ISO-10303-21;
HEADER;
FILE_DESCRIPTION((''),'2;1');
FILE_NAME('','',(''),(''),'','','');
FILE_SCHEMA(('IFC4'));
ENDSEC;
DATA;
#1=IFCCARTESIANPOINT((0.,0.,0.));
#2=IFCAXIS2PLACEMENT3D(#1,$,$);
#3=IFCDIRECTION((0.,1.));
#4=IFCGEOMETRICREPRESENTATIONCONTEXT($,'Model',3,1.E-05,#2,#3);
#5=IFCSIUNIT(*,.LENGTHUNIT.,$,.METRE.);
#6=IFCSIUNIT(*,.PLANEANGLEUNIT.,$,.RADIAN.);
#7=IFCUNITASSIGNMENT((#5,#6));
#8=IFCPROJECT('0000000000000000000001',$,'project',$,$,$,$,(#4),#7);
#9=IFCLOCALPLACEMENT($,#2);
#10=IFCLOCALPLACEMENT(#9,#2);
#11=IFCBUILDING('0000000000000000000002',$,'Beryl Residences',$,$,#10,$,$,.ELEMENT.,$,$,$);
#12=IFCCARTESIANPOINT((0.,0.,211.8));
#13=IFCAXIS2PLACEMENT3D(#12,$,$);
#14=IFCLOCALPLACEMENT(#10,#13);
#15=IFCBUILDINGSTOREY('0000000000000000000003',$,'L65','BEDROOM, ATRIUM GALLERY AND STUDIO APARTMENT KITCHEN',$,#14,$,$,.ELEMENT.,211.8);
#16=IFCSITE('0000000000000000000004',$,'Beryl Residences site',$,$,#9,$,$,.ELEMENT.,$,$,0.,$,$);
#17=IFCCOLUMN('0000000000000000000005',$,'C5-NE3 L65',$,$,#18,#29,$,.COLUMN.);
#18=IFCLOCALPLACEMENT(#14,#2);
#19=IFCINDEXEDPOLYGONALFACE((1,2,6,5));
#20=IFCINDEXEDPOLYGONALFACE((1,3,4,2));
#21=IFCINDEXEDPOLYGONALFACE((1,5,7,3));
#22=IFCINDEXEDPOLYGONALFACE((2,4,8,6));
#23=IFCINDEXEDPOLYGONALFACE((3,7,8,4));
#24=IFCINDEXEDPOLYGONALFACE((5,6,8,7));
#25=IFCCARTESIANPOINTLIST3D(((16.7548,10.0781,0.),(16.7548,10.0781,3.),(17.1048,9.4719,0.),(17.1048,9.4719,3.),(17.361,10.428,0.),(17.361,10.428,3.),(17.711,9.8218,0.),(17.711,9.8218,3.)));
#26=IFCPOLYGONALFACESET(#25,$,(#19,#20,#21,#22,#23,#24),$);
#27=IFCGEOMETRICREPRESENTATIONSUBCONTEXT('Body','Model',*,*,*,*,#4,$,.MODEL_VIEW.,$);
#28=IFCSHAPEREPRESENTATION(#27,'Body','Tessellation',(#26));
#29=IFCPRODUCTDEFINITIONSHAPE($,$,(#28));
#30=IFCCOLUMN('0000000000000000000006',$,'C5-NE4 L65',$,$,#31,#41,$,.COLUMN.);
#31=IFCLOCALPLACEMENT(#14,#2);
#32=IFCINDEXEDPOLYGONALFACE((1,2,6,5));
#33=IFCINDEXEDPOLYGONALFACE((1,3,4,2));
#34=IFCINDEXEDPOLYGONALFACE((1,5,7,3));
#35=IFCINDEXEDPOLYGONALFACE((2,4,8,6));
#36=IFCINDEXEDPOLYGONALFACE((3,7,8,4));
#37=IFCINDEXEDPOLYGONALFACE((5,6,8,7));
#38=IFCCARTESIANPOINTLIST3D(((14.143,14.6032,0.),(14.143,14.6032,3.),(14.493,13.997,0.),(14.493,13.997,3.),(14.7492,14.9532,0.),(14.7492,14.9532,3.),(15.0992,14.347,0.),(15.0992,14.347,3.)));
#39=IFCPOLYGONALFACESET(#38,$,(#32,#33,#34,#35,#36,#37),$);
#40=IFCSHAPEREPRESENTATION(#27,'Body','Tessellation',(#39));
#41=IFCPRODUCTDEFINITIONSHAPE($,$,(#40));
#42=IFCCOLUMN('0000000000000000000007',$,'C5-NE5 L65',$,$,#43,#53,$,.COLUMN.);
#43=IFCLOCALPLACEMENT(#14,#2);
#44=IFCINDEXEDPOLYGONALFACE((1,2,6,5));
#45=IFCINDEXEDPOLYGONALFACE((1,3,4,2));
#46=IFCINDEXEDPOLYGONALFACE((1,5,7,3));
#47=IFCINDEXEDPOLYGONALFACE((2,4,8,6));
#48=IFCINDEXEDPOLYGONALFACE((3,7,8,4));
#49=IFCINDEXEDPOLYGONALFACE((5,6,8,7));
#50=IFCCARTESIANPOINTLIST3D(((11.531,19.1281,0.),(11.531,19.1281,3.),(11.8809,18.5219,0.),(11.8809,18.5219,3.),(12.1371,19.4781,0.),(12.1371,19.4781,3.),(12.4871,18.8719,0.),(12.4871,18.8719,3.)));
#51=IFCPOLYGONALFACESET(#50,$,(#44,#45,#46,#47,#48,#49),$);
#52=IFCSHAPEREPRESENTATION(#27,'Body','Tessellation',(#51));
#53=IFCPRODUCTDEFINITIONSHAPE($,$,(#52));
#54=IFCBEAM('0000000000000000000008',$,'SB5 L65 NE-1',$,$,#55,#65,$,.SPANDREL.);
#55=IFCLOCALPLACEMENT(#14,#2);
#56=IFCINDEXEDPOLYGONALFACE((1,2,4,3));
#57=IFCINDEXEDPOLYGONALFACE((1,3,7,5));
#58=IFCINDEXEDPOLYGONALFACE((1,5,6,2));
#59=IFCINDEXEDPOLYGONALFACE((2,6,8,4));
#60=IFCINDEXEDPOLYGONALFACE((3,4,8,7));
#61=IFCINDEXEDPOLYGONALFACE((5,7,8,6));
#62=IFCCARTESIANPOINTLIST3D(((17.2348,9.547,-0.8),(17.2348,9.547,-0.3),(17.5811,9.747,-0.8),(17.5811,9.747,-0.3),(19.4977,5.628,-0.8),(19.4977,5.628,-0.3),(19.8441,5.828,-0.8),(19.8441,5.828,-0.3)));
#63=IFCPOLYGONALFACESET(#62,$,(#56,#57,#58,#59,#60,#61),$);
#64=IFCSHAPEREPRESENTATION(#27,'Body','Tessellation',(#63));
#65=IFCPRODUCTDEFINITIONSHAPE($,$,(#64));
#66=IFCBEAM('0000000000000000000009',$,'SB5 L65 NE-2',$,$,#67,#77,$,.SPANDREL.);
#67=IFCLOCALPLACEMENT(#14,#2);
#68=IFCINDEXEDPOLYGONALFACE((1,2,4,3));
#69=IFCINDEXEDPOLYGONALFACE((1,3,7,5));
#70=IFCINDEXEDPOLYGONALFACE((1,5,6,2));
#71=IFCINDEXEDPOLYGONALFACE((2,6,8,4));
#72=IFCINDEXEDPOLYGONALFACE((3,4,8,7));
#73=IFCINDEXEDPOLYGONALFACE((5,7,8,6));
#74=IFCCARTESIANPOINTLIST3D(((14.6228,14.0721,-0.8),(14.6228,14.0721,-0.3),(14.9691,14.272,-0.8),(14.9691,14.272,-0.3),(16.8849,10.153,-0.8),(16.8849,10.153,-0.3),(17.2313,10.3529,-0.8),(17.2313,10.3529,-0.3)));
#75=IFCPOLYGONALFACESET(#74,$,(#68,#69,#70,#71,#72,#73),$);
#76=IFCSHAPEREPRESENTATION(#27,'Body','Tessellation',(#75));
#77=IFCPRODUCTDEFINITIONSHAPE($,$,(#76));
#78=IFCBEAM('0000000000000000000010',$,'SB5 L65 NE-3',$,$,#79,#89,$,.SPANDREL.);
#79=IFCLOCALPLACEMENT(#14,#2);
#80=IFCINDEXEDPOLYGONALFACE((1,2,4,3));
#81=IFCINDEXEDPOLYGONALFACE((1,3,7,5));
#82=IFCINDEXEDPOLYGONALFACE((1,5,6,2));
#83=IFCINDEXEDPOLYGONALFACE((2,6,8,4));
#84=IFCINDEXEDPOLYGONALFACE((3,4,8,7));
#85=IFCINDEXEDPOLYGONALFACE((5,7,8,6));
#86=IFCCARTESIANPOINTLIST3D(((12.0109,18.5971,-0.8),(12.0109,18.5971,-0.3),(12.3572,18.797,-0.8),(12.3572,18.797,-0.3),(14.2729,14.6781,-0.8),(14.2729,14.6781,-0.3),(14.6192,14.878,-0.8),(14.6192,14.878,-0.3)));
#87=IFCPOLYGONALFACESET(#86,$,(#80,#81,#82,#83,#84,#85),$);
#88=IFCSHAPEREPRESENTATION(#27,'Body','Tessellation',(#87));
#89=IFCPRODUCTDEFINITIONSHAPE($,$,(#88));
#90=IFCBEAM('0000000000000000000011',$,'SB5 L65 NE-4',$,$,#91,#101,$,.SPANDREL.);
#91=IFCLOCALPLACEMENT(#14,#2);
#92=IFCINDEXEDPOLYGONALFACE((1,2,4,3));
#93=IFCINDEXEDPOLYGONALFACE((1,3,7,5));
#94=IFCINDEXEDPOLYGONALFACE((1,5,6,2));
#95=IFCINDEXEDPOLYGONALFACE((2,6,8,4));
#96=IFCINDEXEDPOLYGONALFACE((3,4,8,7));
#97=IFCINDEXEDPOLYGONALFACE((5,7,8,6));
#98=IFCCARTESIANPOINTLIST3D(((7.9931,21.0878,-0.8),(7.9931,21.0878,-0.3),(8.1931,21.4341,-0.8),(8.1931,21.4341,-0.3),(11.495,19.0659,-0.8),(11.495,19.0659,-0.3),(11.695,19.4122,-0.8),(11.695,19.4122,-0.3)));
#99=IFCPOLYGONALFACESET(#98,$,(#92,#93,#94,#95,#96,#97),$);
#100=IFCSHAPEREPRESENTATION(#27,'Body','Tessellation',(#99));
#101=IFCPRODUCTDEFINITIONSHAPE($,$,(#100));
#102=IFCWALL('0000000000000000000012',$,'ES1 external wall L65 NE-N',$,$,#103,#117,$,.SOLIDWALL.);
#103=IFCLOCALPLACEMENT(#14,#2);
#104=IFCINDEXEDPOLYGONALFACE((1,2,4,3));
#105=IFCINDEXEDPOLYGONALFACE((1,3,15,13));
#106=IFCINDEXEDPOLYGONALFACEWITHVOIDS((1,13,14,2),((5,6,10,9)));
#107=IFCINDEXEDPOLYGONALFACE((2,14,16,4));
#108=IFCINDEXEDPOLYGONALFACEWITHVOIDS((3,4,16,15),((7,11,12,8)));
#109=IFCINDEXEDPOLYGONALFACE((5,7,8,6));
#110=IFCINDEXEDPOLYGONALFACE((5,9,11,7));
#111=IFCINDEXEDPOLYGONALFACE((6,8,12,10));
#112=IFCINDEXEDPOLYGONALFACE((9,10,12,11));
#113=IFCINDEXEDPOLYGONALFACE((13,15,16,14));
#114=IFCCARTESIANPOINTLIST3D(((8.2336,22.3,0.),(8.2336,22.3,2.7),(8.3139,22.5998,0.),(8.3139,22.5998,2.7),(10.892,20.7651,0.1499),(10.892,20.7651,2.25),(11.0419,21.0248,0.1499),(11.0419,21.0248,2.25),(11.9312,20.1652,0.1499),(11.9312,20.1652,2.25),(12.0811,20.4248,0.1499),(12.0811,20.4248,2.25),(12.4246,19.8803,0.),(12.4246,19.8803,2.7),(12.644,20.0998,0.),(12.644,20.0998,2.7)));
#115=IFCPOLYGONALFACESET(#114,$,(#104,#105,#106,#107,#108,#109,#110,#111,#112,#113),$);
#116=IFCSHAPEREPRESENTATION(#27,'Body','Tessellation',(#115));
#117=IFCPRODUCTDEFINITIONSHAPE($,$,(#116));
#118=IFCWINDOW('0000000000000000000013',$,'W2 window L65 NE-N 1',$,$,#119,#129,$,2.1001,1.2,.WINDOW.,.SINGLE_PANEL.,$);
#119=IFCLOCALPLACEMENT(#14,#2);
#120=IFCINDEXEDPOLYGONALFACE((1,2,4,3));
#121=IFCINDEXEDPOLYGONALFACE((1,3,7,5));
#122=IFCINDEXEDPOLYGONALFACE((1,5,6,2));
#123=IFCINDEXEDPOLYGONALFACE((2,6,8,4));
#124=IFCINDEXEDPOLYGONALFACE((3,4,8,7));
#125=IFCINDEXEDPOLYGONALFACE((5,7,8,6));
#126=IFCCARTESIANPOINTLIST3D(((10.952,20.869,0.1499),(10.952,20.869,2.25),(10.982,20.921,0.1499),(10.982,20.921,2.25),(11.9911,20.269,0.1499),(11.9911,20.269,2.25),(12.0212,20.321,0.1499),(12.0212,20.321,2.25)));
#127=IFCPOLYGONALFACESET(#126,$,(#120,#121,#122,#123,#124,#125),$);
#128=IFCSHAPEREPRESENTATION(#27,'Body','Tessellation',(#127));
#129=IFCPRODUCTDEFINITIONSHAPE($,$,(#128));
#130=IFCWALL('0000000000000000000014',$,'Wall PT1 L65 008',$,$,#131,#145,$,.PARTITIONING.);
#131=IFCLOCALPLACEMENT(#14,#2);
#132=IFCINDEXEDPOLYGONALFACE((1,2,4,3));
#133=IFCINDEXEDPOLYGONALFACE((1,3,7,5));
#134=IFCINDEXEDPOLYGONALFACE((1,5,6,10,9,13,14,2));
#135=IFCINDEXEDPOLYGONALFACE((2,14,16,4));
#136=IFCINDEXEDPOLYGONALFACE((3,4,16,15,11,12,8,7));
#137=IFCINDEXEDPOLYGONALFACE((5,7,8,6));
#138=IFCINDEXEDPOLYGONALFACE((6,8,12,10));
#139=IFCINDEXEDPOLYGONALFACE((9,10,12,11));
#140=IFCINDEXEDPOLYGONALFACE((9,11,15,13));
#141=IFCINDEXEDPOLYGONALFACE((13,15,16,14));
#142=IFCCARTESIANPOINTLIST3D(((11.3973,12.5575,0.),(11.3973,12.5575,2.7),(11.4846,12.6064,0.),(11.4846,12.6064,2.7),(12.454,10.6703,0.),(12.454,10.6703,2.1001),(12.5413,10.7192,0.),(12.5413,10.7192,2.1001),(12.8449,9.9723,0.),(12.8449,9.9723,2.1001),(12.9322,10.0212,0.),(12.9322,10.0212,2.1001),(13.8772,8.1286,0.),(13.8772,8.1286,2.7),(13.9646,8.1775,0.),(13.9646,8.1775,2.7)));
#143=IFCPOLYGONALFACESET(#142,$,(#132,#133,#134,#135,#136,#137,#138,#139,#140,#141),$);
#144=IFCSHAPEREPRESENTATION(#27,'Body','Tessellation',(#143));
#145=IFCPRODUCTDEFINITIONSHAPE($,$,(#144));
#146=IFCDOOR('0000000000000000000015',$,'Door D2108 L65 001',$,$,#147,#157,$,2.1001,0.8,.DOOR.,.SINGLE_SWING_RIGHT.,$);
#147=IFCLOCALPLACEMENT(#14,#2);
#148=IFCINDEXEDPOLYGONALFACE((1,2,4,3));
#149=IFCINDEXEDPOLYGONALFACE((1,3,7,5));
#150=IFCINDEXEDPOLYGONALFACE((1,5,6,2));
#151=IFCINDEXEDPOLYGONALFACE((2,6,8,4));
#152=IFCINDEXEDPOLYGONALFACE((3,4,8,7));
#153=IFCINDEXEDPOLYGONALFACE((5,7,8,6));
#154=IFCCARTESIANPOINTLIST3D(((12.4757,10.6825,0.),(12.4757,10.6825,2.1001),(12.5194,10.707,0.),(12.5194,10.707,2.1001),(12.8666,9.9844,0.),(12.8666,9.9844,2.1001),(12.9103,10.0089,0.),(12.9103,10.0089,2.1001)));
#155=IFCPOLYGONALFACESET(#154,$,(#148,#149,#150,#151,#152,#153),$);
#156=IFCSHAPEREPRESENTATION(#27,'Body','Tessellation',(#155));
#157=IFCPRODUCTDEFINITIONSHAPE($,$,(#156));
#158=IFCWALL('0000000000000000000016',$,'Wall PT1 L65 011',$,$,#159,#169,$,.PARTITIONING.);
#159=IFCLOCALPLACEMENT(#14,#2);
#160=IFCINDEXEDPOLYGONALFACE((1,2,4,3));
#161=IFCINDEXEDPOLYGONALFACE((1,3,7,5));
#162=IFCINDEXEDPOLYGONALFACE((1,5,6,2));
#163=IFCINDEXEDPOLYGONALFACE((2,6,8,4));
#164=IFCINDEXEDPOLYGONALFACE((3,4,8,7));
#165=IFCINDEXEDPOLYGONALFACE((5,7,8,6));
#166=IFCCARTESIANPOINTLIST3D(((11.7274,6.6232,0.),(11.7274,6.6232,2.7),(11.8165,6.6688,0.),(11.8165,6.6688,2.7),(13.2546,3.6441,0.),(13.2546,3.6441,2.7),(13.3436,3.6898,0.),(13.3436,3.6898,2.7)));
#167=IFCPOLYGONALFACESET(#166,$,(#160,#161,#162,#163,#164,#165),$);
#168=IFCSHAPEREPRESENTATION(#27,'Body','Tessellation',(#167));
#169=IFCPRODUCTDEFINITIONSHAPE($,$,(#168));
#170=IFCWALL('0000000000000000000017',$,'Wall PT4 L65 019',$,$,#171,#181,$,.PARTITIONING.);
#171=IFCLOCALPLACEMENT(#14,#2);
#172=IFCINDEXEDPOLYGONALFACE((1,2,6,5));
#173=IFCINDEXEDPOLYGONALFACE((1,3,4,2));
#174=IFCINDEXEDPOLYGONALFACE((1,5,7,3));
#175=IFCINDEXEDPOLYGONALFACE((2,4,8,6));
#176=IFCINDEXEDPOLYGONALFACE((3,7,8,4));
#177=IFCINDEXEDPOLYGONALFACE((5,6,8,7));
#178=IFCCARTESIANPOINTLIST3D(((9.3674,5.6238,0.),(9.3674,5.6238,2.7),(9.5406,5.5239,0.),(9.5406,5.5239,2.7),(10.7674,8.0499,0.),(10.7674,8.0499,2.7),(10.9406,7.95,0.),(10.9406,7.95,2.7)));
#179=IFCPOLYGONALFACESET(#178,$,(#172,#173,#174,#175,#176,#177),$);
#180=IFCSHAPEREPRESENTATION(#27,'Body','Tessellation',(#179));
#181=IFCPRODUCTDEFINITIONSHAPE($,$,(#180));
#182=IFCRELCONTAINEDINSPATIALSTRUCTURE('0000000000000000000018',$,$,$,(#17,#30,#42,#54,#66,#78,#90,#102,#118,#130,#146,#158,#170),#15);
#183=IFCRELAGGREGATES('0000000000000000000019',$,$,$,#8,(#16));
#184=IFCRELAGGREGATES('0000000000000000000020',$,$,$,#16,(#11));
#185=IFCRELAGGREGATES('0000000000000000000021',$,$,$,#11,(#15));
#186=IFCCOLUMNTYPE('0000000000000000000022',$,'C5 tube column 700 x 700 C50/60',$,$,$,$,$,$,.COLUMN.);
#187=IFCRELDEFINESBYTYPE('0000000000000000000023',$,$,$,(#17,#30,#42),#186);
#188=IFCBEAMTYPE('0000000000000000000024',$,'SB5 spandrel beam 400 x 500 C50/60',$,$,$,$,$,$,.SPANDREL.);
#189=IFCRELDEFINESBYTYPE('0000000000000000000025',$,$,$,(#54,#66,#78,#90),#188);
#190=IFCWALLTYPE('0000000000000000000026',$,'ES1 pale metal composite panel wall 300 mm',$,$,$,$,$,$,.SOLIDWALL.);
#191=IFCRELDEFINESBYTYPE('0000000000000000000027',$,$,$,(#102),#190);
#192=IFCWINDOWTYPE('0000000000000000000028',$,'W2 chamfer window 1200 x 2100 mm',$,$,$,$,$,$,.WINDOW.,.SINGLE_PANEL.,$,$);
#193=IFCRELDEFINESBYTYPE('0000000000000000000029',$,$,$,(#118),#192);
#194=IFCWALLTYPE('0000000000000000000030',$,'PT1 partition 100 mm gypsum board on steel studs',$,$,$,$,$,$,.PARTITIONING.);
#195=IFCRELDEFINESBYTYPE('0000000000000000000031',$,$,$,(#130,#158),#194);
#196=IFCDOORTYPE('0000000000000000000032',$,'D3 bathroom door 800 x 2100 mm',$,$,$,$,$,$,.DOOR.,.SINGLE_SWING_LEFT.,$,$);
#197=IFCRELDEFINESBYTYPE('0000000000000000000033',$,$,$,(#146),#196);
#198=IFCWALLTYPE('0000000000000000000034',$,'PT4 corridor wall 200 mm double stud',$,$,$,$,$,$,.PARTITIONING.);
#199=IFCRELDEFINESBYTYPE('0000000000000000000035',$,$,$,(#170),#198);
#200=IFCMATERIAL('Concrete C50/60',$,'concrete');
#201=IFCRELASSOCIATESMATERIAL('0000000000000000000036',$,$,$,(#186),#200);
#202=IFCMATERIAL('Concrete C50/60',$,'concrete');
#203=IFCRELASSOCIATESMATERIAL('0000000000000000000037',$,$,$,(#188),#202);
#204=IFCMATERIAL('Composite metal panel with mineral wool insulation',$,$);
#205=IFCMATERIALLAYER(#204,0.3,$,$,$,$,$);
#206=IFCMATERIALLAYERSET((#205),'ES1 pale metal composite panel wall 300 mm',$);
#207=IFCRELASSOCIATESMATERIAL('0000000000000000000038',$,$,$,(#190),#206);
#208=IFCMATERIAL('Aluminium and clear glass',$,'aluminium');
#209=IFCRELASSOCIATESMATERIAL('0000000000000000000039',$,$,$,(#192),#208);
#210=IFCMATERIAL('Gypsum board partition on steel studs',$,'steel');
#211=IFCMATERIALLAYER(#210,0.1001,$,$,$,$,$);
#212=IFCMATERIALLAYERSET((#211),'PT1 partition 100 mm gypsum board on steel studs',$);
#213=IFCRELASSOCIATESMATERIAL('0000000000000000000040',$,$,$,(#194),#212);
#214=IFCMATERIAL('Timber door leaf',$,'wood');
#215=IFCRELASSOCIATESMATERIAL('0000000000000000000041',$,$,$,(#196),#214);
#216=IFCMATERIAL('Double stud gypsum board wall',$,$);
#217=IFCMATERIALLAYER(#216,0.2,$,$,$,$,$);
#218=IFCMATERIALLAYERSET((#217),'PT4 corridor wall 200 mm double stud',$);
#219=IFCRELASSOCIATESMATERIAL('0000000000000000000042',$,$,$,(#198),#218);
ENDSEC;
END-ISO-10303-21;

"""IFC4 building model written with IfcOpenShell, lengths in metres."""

from ifc_helpers import new_model, si_unit, direction, frame, frame_2d, origin, origin_2d, place, context, subcontext, project, spatial, polyline, rectangle, outline, extrude, material, layer, layer_set, material_profile, profile_set, type_object, element, fill, save


model = new_model("IFC4")

# Units and contexts
model_context = context("Model", 3, precision=1e-05, world=origin(), true_north=direction((0.0, 1.0)))
body_context = subcontext(model_context, "Body", "Model", "MODEL_VIEW")
ifc_project = project(units=[si_unit("LENGTHUNIT", "METRE"), si_unit("PLANEANGLEUNIT", "RADIAN")], contexts=[model_context])

# Site, building, storey
site_placement = place(None, origin())
site = spatial("IfcSite", under=ifc_project, at=site_placement, Name="Beryl Residences site", CompositionType="ELEMENT", RefElevation=0.0)
building_placement = place(site_placement, origin())
building = spatial("IfcBuilding", under=site, at=building_placement, Name="Beryl Residences", CompositionType="ELEMENT")
storey_placement = place(building_placement, frame((0.0, 0.0, 211.8)))
storey = spatial("IfcBuildingStorey", under=building, at=storey_placement, Name="L65", Description="BEDROOM, ATRIUM GALLERY AND STUDIO APARTMENT KITCHEN", CompositionType="ELEMENT", Elevation=211.8)

# Columns
ifc_material_1 = material(Name="Concrete C50/60", Category="concrete")
ifc_material_profile_1 = material_profile(ifc_material_1, rectangle(XDim=0.7, YDim=0.7, at=origin_2d()))
ifc_profile_set_1 = profile_set([ifc_material_profile_1], Name="Concrete C50/60")
column_type = type_object("IfcColumnType", Name="C5 tube column 700 x 700 C50/60", PredefinedType="COLUMN", material=ifc_profile_set_1)
for number, where, z_axis, x_axis, name in (
    (1, (17.2329, 9.95, 0.0), (0.0, 0.0, 1.0), (-0.49997, 0.866043, 0.0), "C5-NE3 L65"),
    (2, (14.6211, 14.4751, 0.0), (0.0, 0.0, 1.0), (-0.49997, 0.866043, 0.0), "C5-NE4 L65"),
    (3, (12.009, 19.0, 0.0), (0.0, 0.0, 1.0), (-0.49997, 0.866043, 0.0), "C5-NE5 L65"),
):
    element("IfcColumn", number, at=place(storey_placement, frame(where, z_axis=z_axis, x_axis=x_axis)), inside=storey, type_object=column_type, Name=name, PredefinedType="COLUMN", context=body_context, shape_type="SweptSolid", body=[
        extrude(rectangle(XDim=0.7, YDim=0.7, at=origin_2d()), origin(), (0.0, 0.0, 1.0), 3.0),
    ])

# Beams
ifc_material_2 = material(Name="Concrete C50/60", Category="concrete")
ifc_material_profile_2 = material_profile(ifc_material_2, rectangle(XDim=0.3999, YDim=0.5, at=origin_2d()))
ifc_profile_set_2 = profile_set([ifc_material_profile_2], Name="Concrete C50/60")
beam_type = type_object("IfcBeamType", Name="SB5 spandrel beam 400 x 500 C50/60", PredefinedType="SPANDREL", material=ifc_profile_set_2)
beam_1_placement = place(storey_placement, frame((19.6709, 5.728, -0.55), z_axis=(-0.500056, 0.865993, 0.0), x_axis=(-0.865993, -0.500056, 0.0)))
element("IfcBeam", 4, at=beam_1_placement, inside=storey, type_object=beam_type, Name="SB5 L65 NE-1", PredefinedType="SPANDREL", context=body_context, shape_type="SweptSolid", body=[
    extrude(rectangle(XDim=0.3999, YDim=0.5, at=origin_2d()), origin(), (0.0, 0.0, 1.0), 4.5254),
])
beam_2_placement = place(storey_placement, frame((17.0581, 10.2529, -0.55), z_axis=(-0.499911, 0.866077, 0.0), x_axis=(-0.866077, -0.499911, 0.0)))
element("IfcBeam", 5, at=beam_2_placement, inside=storey, type_object=beam_type, Name="SB5 L65 NE-2", PredefinedType="SPANDREL", context=body_context, shape_type="SweptSolid", body=[
    extrude(rectangle(XDim=0.3999, YDim=0.5, at=origin_2d()), origin(), (0.0, 0.0, 1.0), 4.5251),
])
beam_3_placement = place(storey_placement, frame((14.446, 14.7781, -0.55), z_axis=(-0.499894, 0.866087, 0.0), x_axis=(-0.866087, -0.499894, 0.0)))
element("IfcBeam", 6, at=beam_3_placement, inside=storey, type_object=beam_type, Name="SB5 L65 NE-3", PredefinedType="SPANDREL", context=body_context, shape_type="SweptSolid", body=[
    extrude(rectangle(XDim=0.3999, YDim=0.5, at=origin_2d()), origin(), (0.0, 0.0, 1.0), 4.5249),
])
beam_4_placement = place(storey_placement, frame((11.595, 19.239, -0.55), z_axis=(-0.866013, 0.500022, 0.0), x_axis=(-0.500022, -0.866013, 0.0)))
element("IfcBeam", 7, at=beam_4_placement, inside=storey, type_object=beam_type, Name="SB5 L65 NE-4", PredefinedType="SPANDREL", context=body_context, shape_type="SweptSolid", body=[
    extrude(rectangle(XDim=0.3999, YDim=0.5, at=origin_2d()), origin(), (0.0, 0.0, 1.0), 4.0437),
])

# Wall, opening, window
ifc_material_3 = material(Name="Composite metal panel with mineral wool insulation")
ifc_layer_1 = layer(ifc_material_3, 0.3)
ifc_layer_set_1 = layer_set([ifc_layer_1], Name="ES1 pale metal composite panel wall 300 mm")
wall_type_1 = type_object("IfcWallType", Name="ES1 pale metal composite panel wall 300 mm", PredefinedType="SOLIDWALL", material=ifc_layer_set_1)
wall_1_placement = place(storey_placement, frame((12.5691, 19.97, 0.0), z_axis=(0.0, 0.0, 1.0), x_axis=(-0.866023, 0.500004, 0.0)))
wall_1 = element("IfcWall", 8, at=wall_1_placement, inside=storey, type_object=wall_type_1, Name="ES1 external wall L65 NE-N", PredefinedType="SOLIDWALL", context=body_context, shape_type="SweptSolid", body=[
    extrude(outline(polyline([(0.0, -0.1499), (5.0, -0.1499), (4.9197, 0.1499), (0.0803, 0.1499), (0.0, -0.1499)])), origin(), (0.0, 0.0, 1.0), 2.7),
])
opening_1_placement = place(wall_1_placement, frame((0.6499, 0.0, 0.1499)))
opening_1 = element("IfcOpeningElement", 9, at=opening_1_placement, cuts=wall_1, PredefinedType="OPENING", context=body_context, shape_type="SweptSolid", body=[
    extrude(rectangle(XDim=1.2, YDim=2.1001, at=frame_2d((0.6001, 1.05))), frame((0.0, 0.1599, 0.0), z_axis=(0.0, -1.0, 0.0), x_axis=(1.0, 0.0, 0.0)), (0.0, 0.0, 1.0), 0.3201),
])
ifc_material_4 = material(Name="Aluminium and clear glass", Category="aluminium")
window_type = type_object("IfcWindowType", Name="W2 chamfer window 1200 x 2100 mm", PartitioningType="SINGLE_PANEL", PredefinedType="WINDOW", material=ifc_material_4)
window_placement = place(opening_1_placement, origin())
window = element("IfcWindow", 10, at=window_placement, inside=storey, type_object=window_type, Name="W2 window L65 NE-N 1", OverallHeight=2.1001, OverallWidth=1.2, PartitioningType="SINGLE_PANEL", PredefinedType="WINDOW", context=body_context, shape_type="SweptSolid", body=[
    extrude(rectangle(XDim=1.2, YDim=2.1001, at=frame_2d((0.6001, 1.05))), frame((0.0, 0.03, 0.0), z_axis=(0.0, -1.0, 0.0), x_axis=(1.0, 0.0, 0.0)), (0.0, 0.0, 1.0), 0.0601),
])
fill(opening_1, window)

# Wall, opening, door
ifc_material_5 = material(Name="Gypsum board partition on steel studs", Category="steel")
ifc_layer_2 = layer(ifc_material_5, 0.1001)
ifc_layer_set_2 = layer_set([ifc_layer_2], Name="PT1 partition 100 mm gypsum board on steel studs")
wall_type_2 = type_object("IfcWallType", Name="PT1 partition 100 mm gypsum board on steel studs", PredefinedType="PARTITIONING", material=ifc_layer_set_2)
wall_2_placement = place(storey_placement, frame((11.4409, 12.582, 0.0), z_axis=(0.0, 0.0, 1.0), x_axis=(0.488568, -0.872526, 0.0)))
wall_2 = element("IfcWall", 11, at=wall_2_placement, inside=storey, type_object=wall_type_2, Name="Wall PT1 L65 008", PredefinedType="PARTITIONING", context=body_context, shape_type="SweptSolid", body=[
    extrude(rectangle(XDim=5.0759, YDim=0.1001, at=frame_2d((2.5381, 0.0))), origin(), (0.0, 0.0, 1.0), 2.7),
])
opening_2_placement = place(wall_2_placement, frame((2.1631, 0.0, 0.0)))
opening_2 = element("IfcOpeningElement", 12, at=opening_2_placement, cuts=wall_2, PredefinedType="OPENING", context=body_context, shape_type="SweptSolid", body=[
    extrude(rectangle(XDim=0.8, YDim=2.1001, at=frame_2d((0.3999, 1.05))), frame((0.0, 0.0601, 0.0), z_axis=(0.0, -1.0, 0.0), x_axis=(1.0, 0.0, 0.0)), (0.0, 0.0, 1.0), 0.1201),
])
ifc_material_6 = material(Name="Timber door leaf", Category="wood")
door_type = type_object("IfcDoorType", Name="D3 bathroom door 800 x 2100 mm", OperationType="SINGLE_SWING_LEFT", PredefinedType="DOOR", material=ifc_material_6)
door_placement = place(opening_2_placement, origin())
door = element("IfcDoor", 13, at=door_placement, inside=storey, type_object=door_type, Name="Door D2108 L65 001", OperationType="SINGLE_SWING_RIGHT", OverallHeight=2.1001, OverallWidth=0.8, PredefinedType="DOOR", context=body_context, shape_type="SweptSolid", body=[
    extrude(rectangle(XDim=0.8, YDim=2.1001, at=frame_2d((0.3999, 1.05))), frame((0.0, 0.0249, 0.0), z_axis=(0.0, -1.0, 0.0), x_axis=(1.0, 0.0, 0.0)), (0.0, 0.0, 1.0), 0.05),
])
fill(opening_2, door)

# Walls
wall_3_placement = place(storey_placement, frame((11.772, 6.646, 0.0), z_axis=(0.0, 0.0, 1.0), x_axis=(0.456176, -0.88989, 0.0)))
element("IfcWall", 14, at=wall_3_placement, inside=storey, type_object=wall_type_2, Name="Wall PT1 L65 011", PredefinedType="PARTITIONING", context=body_context, shape_type="SweptSolid", body=[
    extrude(rectangle(XDim=3.3477, YDim=0.1001, at=frame_2d((1.6738, 0.0))), origin(), (0.0, 0.0, 1.0), 2.7),
])
ifc_material_7 = material(Name="Double stud gypsum board wall")
ifc_layer_3 = layer(ifc_material_7, 0.2)
ifc_layer_set_3 = layer_set([ifc_layer_3], Name="PT4 corridor wall 200 mm double stud")
wall_type_3 = type_object("IfcWallType", Name="PT4 corridor wall 200 mm double stud", PredefinedType="PARTITIONING", material=ifc_layer_set_3)
wall_4_placement = place(storey_placement, frame((9.4541, 5.574, 0.0), z_axis=(0.0, 0.0, 1.0), x_axis=(0.499795, 0.866144, 0.0)))
element("IfcWall", 15, at=wall_4_placement, inside=storey, type_object=wall_type_3, Name="Wall PT4 L65 019", PredefinedType="PARTITIONING", context=body_context, shape_type="SweptSolid", body=[
    extrude(rectangle(XDim=2.801, YDim=0.2, at=frame_2d((1.4004, 0.0))), origin(), (0.0, 0.0, 1.0), 2.7),
])

save(model, "model.ifc")
